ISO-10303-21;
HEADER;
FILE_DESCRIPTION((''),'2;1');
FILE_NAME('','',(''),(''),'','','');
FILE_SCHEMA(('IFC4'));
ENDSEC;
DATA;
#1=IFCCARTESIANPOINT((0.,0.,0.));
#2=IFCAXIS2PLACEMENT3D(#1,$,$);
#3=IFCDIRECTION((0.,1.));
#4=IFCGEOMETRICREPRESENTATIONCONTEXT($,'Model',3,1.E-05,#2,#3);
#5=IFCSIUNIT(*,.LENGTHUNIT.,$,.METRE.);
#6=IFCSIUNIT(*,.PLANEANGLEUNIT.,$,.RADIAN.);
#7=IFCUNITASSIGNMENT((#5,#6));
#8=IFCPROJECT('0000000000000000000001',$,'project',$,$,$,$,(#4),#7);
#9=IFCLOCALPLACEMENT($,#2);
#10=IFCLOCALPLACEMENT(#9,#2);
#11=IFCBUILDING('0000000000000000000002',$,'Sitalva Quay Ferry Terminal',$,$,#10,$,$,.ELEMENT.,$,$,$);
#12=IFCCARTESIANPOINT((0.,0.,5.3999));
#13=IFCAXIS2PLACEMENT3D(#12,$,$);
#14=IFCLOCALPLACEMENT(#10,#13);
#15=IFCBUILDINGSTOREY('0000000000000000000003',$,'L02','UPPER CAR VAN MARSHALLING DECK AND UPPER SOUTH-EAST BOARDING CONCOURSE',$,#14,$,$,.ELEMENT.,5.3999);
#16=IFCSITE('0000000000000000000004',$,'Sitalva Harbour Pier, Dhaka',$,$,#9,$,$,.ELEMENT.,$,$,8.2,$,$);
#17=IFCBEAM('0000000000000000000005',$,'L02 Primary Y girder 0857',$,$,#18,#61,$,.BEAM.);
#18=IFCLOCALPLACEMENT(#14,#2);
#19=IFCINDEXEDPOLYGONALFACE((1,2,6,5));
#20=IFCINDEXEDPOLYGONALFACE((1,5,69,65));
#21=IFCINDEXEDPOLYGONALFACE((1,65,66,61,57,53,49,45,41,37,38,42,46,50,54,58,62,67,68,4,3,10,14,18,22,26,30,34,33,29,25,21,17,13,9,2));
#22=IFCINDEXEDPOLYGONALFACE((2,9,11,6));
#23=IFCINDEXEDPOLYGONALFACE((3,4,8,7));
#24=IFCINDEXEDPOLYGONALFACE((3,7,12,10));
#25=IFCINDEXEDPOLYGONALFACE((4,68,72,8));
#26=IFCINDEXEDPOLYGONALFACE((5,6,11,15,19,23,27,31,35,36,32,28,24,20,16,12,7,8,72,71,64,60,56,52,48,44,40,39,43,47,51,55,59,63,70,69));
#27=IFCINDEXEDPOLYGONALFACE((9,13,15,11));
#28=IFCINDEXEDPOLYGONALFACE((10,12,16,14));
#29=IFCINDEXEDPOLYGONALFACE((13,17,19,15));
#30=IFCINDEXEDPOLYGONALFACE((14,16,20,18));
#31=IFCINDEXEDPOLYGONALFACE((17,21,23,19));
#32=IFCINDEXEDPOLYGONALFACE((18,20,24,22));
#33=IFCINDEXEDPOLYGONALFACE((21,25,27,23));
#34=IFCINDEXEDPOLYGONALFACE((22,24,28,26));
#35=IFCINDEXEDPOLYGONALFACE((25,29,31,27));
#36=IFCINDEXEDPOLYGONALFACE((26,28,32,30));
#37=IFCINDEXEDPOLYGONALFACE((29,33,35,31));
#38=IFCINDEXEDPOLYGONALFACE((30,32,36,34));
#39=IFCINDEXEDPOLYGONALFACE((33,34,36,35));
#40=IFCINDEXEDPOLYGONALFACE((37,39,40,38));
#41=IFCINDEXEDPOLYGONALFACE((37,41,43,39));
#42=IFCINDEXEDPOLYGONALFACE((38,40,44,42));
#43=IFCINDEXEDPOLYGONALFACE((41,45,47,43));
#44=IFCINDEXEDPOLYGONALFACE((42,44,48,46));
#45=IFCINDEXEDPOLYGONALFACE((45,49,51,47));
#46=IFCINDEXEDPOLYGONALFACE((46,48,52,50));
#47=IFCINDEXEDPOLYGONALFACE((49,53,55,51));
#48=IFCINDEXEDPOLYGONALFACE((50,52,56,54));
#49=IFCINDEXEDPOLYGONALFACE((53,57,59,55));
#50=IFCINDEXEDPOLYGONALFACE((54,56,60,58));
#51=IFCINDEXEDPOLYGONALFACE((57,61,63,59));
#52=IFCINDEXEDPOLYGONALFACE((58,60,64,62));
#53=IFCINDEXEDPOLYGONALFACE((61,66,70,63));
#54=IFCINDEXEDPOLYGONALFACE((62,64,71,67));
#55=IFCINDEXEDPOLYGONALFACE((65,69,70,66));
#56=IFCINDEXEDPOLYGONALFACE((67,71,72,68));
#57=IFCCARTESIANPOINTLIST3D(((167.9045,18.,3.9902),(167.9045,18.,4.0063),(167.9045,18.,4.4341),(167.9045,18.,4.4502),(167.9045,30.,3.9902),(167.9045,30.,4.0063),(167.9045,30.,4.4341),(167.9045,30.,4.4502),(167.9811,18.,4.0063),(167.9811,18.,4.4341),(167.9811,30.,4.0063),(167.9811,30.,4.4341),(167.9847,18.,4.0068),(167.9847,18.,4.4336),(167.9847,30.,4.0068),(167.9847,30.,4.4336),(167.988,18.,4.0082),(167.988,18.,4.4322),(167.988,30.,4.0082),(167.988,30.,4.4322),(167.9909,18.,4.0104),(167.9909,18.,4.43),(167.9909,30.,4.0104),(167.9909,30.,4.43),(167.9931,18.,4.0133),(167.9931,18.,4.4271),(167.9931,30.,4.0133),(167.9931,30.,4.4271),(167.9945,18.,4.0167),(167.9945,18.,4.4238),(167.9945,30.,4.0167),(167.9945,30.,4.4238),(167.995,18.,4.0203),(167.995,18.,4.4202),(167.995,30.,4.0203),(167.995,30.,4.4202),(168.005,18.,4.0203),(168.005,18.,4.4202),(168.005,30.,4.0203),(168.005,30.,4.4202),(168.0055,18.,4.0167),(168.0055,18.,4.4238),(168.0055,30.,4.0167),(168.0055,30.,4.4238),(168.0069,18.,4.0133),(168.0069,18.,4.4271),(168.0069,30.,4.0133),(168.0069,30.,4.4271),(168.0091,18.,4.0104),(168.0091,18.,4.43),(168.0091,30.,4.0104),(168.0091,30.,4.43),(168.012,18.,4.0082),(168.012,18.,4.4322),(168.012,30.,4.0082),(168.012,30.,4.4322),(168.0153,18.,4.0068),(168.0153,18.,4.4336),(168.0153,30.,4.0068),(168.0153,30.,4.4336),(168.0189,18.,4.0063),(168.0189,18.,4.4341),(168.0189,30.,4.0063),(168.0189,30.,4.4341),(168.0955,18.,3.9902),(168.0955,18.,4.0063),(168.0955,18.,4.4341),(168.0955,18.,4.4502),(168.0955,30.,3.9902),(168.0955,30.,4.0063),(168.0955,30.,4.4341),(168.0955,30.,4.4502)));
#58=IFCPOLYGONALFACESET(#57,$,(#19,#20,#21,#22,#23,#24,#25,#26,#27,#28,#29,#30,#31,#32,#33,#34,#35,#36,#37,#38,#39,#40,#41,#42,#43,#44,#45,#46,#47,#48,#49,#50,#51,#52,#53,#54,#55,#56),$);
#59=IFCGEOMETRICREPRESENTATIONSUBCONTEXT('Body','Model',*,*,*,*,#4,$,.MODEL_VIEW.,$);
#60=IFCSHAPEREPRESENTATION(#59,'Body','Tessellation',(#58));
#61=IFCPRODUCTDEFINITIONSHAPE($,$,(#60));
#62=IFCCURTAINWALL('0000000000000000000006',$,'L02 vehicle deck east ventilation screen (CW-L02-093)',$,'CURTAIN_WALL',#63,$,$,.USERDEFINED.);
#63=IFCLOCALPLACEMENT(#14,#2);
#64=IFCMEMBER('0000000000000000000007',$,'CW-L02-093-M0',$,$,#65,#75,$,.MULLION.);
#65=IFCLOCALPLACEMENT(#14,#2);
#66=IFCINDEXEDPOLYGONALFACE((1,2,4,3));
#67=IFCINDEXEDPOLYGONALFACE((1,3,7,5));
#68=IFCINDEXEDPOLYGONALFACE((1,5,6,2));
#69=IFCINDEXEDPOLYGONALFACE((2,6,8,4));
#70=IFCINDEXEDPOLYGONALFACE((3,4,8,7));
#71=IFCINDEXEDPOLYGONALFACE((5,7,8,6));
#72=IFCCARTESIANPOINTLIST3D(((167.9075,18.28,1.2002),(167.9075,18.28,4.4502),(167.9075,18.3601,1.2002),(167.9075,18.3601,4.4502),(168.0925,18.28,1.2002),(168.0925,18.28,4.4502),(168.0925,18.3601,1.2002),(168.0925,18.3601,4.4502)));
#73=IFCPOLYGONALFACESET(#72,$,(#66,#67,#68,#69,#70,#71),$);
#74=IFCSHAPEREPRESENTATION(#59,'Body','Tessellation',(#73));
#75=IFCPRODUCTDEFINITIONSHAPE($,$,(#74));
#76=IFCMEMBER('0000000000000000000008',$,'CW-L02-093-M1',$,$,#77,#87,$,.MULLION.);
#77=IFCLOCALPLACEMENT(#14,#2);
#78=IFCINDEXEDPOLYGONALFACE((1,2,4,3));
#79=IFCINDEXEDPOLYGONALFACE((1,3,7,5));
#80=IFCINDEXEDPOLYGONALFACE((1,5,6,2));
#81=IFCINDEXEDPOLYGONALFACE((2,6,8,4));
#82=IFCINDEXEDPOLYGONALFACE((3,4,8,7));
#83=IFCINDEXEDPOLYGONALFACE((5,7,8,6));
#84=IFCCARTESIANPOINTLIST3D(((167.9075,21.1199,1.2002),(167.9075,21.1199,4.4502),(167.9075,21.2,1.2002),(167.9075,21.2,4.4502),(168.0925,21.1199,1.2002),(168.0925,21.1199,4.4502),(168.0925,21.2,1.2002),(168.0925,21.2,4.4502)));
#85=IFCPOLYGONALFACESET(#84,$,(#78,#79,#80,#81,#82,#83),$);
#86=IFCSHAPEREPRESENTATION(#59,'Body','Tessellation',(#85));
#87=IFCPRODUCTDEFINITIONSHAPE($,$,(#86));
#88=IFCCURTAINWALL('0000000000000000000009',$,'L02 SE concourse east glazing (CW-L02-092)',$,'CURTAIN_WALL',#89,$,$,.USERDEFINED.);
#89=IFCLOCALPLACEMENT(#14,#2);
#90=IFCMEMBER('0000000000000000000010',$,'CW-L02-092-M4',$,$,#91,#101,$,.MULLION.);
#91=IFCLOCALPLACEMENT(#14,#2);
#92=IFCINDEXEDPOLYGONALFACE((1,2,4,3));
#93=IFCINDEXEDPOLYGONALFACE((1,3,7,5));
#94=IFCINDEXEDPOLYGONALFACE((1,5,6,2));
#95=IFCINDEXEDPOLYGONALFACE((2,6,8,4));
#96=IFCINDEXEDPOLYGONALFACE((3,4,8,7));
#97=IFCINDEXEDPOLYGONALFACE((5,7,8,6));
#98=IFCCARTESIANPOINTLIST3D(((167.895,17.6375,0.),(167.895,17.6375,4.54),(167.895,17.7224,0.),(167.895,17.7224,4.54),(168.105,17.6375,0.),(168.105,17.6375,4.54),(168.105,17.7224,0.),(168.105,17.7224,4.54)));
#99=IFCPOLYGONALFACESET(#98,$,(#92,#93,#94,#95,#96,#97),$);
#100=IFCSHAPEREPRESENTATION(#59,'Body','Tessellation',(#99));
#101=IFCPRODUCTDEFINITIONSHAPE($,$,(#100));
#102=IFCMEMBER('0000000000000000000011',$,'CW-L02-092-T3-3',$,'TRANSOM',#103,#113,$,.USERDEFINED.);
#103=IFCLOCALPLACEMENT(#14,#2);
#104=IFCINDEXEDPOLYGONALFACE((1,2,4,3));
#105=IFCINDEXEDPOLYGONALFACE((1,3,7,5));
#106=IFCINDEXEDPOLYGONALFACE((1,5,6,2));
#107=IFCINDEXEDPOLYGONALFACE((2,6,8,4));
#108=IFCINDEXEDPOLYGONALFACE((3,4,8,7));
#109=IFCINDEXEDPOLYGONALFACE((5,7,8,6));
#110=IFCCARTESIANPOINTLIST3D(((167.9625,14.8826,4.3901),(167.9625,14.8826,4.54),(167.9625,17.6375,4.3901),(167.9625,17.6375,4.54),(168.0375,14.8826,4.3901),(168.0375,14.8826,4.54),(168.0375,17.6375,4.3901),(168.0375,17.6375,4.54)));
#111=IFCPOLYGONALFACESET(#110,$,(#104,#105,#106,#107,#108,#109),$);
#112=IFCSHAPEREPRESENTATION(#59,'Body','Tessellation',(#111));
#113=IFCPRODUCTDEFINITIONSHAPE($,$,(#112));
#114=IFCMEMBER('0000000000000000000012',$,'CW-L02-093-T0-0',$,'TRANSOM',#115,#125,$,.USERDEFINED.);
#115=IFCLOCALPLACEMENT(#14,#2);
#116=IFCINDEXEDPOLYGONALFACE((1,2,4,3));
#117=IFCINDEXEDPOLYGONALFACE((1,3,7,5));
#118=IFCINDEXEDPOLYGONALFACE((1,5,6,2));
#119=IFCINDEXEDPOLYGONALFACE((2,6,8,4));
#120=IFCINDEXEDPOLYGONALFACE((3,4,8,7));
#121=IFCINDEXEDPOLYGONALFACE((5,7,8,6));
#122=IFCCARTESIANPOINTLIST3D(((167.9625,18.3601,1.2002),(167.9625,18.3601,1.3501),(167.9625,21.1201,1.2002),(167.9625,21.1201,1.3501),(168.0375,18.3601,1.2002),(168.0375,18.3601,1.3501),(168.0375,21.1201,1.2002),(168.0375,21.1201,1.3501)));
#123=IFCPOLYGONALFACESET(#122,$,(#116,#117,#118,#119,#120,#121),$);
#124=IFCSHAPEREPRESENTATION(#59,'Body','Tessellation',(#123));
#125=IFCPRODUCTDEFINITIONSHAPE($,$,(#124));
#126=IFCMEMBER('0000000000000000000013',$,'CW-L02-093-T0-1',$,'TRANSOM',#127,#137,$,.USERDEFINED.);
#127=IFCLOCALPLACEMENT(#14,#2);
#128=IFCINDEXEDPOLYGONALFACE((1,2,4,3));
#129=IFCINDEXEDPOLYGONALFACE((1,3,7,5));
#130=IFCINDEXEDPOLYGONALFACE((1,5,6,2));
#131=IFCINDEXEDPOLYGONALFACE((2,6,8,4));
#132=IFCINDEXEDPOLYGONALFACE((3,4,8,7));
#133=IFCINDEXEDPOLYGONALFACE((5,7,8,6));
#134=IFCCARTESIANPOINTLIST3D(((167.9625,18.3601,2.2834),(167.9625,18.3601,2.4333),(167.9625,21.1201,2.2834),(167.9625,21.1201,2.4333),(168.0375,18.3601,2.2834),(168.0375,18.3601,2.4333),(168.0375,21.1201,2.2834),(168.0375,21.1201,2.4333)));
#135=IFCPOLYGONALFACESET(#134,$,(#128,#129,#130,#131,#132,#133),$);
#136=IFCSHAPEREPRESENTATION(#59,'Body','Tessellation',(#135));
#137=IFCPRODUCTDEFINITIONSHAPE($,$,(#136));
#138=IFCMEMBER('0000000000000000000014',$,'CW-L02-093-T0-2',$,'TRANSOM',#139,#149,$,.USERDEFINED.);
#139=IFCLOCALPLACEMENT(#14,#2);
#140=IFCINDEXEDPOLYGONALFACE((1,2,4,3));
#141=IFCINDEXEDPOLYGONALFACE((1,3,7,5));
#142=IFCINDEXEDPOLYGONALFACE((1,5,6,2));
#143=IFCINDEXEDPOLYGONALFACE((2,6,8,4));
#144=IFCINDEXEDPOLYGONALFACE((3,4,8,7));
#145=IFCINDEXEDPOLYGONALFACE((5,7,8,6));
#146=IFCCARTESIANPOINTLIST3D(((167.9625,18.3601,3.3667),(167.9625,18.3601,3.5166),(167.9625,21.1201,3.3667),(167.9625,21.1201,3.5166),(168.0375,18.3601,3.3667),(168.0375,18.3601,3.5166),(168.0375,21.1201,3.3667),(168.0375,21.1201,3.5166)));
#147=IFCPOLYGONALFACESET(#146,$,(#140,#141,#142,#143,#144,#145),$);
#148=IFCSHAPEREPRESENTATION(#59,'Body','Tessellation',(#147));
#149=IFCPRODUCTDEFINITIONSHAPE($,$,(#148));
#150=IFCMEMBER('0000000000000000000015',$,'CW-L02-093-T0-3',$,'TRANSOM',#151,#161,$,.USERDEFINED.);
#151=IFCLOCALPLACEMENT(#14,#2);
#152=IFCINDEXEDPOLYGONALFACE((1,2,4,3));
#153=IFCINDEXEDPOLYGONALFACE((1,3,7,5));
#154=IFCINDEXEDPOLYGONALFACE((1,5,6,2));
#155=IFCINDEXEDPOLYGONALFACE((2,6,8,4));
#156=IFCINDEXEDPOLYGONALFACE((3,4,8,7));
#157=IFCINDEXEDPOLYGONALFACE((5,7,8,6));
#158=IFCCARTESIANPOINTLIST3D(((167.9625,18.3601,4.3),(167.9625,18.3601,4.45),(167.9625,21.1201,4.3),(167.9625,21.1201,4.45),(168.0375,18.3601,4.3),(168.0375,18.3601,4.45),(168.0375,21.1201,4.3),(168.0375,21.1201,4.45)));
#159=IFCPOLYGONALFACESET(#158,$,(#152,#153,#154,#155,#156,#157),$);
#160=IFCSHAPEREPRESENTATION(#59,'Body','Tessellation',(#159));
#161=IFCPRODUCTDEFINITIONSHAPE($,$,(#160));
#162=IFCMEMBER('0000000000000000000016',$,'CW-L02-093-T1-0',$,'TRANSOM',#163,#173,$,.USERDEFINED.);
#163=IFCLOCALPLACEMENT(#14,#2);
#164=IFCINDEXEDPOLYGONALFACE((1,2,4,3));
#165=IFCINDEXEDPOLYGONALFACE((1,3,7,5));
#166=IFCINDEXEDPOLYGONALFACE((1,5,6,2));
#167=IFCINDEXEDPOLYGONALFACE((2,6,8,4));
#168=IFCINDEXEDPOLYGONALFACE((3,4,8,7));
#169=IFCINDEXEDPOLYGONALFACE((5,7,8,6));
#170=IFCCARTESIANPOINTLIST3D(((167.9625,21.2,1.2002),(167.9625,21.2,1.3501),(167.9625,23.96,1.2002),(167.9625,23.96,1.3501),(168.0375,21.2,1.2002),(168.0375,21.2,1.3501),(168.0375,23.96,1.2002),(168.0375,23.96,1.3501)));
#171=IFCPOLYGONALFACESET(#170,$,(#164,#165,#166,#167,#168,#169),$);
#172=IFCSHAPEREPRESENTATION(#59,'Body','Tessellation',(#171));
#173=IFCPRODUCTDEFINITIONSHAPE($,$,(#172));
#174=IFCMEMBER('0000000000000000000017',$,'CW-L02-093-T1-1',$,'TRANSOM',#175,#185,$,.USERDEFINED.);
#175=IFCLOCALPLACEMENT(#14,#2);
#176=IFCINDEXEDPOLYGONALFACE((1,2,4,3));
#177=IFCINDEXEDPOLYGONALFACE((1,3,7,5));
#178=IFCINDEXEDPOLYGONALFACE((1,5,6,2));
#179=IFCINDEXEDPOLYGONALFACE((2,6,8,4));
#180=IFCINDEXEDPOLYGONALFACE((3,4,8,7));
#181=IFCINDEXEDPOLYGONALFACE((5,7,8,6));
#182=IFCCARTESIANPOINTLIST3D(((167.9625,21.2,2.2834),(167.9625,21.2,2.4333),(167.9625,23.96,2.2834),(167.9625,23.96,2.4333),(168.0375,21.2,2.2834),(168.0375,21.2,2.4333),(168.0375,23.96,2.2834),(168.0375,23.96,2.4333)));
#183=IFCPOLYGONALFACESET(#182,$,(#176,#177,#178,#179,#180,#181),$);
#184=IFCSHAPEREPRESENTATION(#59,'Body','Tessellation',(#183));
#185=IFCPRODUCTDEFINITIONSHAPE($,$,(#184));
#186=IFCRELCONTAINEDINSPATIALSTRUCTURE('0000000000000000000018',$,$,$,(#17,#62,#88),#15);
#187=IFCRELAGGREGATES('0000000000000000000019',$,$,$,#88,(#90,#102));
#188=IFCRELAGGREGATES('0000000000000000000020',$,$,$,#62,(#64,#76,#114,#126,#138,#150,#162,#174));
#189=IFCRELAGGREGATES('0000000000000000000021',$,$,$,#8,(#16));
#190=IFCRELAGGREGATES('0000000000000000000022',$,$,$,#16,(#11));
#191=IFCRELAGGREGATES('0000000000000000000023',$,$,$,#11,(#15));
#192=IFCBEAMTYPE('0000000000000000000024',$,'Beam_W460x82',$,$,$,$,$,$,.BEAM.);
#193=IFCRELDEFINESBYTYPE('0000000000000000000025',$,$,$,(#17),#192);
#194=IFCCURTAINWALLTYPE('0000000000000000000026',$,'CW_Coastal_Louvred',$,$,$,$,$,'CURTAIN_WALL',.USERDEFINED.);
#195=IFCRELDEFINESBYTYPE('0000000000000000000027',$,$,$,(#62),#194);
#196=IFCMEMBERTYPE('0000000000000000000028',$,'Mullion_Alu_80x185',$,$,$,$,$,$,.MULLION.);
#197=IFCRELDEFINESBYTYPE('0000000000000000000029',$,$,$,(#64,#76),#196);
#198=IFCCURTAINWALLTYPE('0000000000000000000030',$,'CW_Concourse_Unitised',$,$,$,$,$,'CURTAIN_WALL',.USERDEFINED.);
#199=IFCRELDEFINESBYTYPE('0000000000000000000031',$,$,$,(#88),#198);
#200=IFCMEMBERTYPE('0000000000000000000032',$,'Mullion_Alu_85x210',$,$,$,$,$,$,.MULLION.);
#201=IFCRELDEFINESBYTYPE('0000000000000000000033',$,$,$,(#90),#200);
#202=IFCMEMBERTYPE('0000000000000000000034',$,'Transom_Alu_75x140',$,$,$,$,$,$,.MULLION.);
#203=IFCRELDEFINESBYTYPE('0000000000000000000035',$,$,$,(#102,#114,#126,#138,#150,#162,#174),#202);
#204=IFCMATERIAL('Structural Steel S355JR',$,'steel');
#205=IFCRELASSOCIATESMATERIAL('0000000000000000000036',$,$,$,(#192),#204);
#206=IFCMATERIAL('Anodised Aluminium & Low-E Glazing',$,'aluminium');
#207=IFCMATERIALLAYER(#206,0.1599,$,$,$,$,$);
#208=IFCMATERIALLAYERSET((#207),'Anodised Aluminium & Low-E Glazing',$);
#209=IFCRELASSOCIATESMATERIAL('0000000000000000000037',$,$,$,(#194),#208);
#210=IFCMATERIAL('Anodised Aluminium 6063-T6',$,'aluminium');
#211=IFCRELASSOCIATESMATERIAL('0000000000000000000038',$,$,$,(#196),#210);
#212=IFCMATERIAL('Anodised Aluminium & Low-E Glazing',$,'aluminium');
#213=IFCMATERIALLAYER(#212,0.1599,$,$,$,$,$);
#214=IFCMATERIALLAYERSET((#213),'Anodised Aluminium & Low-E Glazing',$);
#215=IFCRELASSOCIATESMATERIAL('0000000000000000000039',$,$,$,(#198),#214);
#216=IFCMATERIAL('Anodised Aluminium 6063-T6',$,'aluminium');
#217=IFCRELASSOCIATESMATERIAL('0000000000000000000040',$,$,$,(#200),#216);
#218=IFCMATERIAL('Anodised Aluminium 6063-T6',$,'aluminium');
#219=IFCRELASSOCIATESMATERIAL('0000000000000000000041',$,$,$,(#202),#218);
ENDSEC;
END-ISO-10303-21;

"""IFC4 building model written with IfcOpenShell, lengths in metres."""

from ifc_helpers import new_model, si_unit, direction, frame, origin, origin_2d, place, context, subcontext, project, spatial, rectangle, i_section, extrude, material, layer, layer_set, material_profile, profile_set, type_object, element, aggregate, save


model = new_model("IFC4")

# Units and contexts
model_context = context("Model", 3, precision=1e-05, world=origin(), true_north=direction((0.0, 1.0)))
body_context = subcontext(model_context, "Body", "Model", "MODEL_VIEW")
ifc_project = project(units=[si_unit("LENGTHUNIT", "METRE"), si_unit("PLANEANGLEUNIT", "RADIAN")], contexts=[model_context])

# Site, building, storey
site_placement = place(None, origin())
site = spatial("IfcSite", under=ifc_project, at=site_placement, Name="Sitalva Harbour Pier, Dhaka", CompositionType="ELEMENT", RefElevation=8.2)
building_placement = place(site_placement, origin())
building = spatial("IfcBuilding", under=site, at=building_placement, Name="Sitalva Quay Ferry Terminal", CompositionType="ELEMENT")
storey_placement = place(building_placement, frame((0.0, 0.0, 5.3999)))
storey = spatial("IfcBuildingStorey", under=building, at=storey_placement, Name="L02", Description="UPPER CAR VAN MARSHALLING DECK AND UPPER SOUTH-EAST BOARDING CONCOURSE", CompositionType="ELEMENT", Elevation=5.3999)

# Beam
ifc_material_1 = material(Name="Structural Steel S355JR", Category="steel")
ifc_material_profile_1 = material_profile(ifc_material_1, i_section(OverallWidth=0.1909, OverallDepth=0.46, WebThickness=0.01, FlangeThickness=0.0161, FilletRadius=0.0139, at=origin_2d()), Name="W460x82")
ifc_profile_set_1 = profile_set([ifc_material_profile_1], Name="Structural Steel S355JR")
beam_type_1 = type_object("IfcBeamType", Name="Beam_W460x82", PredefinedType="BEAM", material=ifc_profile_set_1)
for number, where, z_axis, x_axis, name in (
    (1, (168.0, 18.0, 4.2202), (0.0, 1.0, 0.0), (-1.0, 0.0, 0.0), "L02 Primary Y girder 0857"),
):
    element("IfcBeam", number, at=place(storey_placement, frame(where, z_axis=z_axis, x_axis=x_axis)), inside=storey, type_object=beam_type_1, Name=name, PredefinedType="BEAM", context=body_context, shape_type="SweptSolid", body=[
        extrude(i_section(OverallWidth=0.1909, OverallDepth=0.46, WebThickness=0.01, FlangeThickness=0.0161, FilletRadius=0.0139, at=origin_2d()), origin(), (0.0, 0.0, 1.0), 12.0),
    ])

# Curtain walls, members
ifc_material_2 = material(Name="Anodised Aluminium & Low-E Glazing", Category="aluminium")
ifc_layer_1 = layer(ifc_material_2, 0.1599)
ifc_layer_set_1 = layer_set([ifc_layer_1], Name="Anodised Aluminium & Low-E Glazing")
curtain_wall_type_1 = type_object("IfcCurtainWallType", Name="CW_Coastal_Louvred", ElementType="CURTAIN_WALL", PredefinedType="USERDEFINED", material=ifc_layer_set_1)
curtain_wall_1_placement = place(storey_placement, origin())
curtain_wall_1 = element("IfcCurtainWall", 2, at=curtain_wall_1_placement, inside=storey, type_object=curtain_wall_type_1, Name="L02 vehicle deck east ventilation screen (CW-L02-093)", ObjectType="CURTAIN_WALL", PredefinedType="USERDEFINED")
ifc_material_3 = material(Name="Anodised Aluminium 6063-T6", Category="aluminium")
ifc_material_profile_2 = material_profile(ifc_material_3, rectangle(XDim=0.0801, YDim=0.1851, at=origin_2d()), Name="ALU80x185")
ifc_profile_set_2 = profile_set([ifc_material_profile_2], Name="Anodised Aluminium 6063-T6")
member_type_1 = type_object("IfcMemberType", Name="Mullion_Alu_80x185", PredefinedType="MULLION", material=ifc_profile_set_2)
member_1_placement = place(storey_placement, frame((168.0, 18.3201, 1.2002), z_axis=(0.0, 0.0, 1.0), x_axis=(0.0, 1.0, 0.0)))
member_1 = element("IfcMember", 3, at=member_1_placement, type_object=member_type_1, Name="CW-L02-093-M0", PredefinedType="MULLION", context=body_context, shape_type="SweptSolid", body=[
    extrude(rectangle(XDim=0.0801, YDim=0.1851, at=origin_2d()), origin(), (0.0, 0.0, 1.0), 3.25),
])
member_2_placement = place(storey_placement, frame((168.0, 21.1599, 1.2002), z_axis=(0.0, 0.0, 1.0), x_axis=(0.0, 1.0, 0.0)))
member_2 = element("IfcMember", 4, at=member_2_placement, type_object=member_type_1, Name="CW-L02-093-M1", PredefinedType="MULLION", context=body_context, shape_type="SweptSolid", body=[
    extrude(rectangle(XDim=0.0801, YDim=0.1851, at=origin_2d()), origin(), (0.0, 0.0, 1.0), 3.25),
])
ifc_material_4 = material(Name="Anodised Aluminium & Low-E Glazing", Category="aluminium")
ifc_layer_2 = layer(ifc_material_4, 0.1599)
ifc_layer_set_2 = layer_set([ifc_layer_2], Name="Anodised Aluminium & Low-E Glazing")
curtain_wall_type_2 = type_object("IfcCurtainWallType", Name="CW_Concourse_Unitised", ElementType="CURTAIN_WALL", PredefinedType="USERDEFINED", material=ifc_layer_set_2)
curtain_wall_2_placement = place(storey_placement, origin())
curtain_wall_2 = element("IfcCurtainWall", 5, at=curtain_wall_2_placement, inside=storey, type_object=curtain_wall_type_2, Name="L02 SE concourse east glazing (CW-L02-092)", ObjectType="CURTAIN_WALL", PredefinedType="USERDEFINED")
ifc_material_5 = material(Name="Anodised Aluminium 6063-T6", Category="aluminium")
ifc_material_profile_3 = material_profile(ifc_material_5, rectangle(XDim=0.085, YDim=0.21, at=origin_2d()), Name="ALU85x210")
ifc_profile_set_3 = profile_set([ifc_material_profile_3], Name="Anodised Aluminium 6063-T6")
member_type_2 = type_object("IfcMemberType", Name="Mullion_Alu_85x210", PredefinedType="MULLION", material=ifc_profile_set_3)
member_3_placement = place(storey_placement, frame((168.0, 17.6799, 0.0), z_axis=(0.0, 0.0, 1.0), x_axis=(0.0, 1.0, 0.0)))
member_3 = element("IfcMember", 6, at=member_3_placement, type_object=member_type_2, Name="CW-L02-092-M4", PredefinedType="MULLION", context=body_context, shape_type="SweptSolid", body=[
    extrude(rectangle(XDim=0.085, YDim=0.21, at=origin_2d()), origin(), (0.0, 0.0, 1.0), 4.54),
])
ifc_material_6 = material(Name="Anodised Aluminium 6063-T6", Category="aluminium")
ifc_material_profile_4 = material_profile(ifc_material_6, rectangle(XDim=0.075, YDim=0.1499, at=origin_2d()), Name="ALU75x150")
ifc_profile_set_4 = profile_set([ifc_material_profile_4], Name="Anodised Aluminium 6063-T6")
member_type_3 = type_object("IfcMemberType", Name="Transom_Alu_75x140", PredefinedType="MULLION", material=ifc_profile_set_4)
member_4_placement = place(storey_placement, frame((168.0, 14.8826, 4.4651), z_axis=(0.0, 1.0, 0.0), x_axis=(-1.0, 0.0, 0.0)))
member_4 = element("IfcMember", 7, at=member_4_placement, type_object=member_type_3, Name="CW-L02-092-T3-3", ObjectType="TRANSOM", PredefinedType="USERDEFINED", context=body_context, shape_type="SweptSolid", body=[
    extrude(rectangle(XDim=0.075, YDim=0.1499, at=origin_2d()), origin(), (0.0, 0.0, 1.0), 2.7549),
])

# Members
member_5_placement = place(storey_placement, frame((168.0, 18.3601, 1.2751), z_axis=(0.0, 1.0, 0.0), x_axis=(-1.0, 0.0, 0.0)))
member_5 = element("IfcMember", 8, at=member_5_placement, type_object=member_type_3, Name="CW-L02-093-T0-0", ObjectType="TRANSOM", PredefinedType="USERDEFINED", context=body_context, shape_type="SweptSolid", body=[
    extrude(rectangle(XDim=0.075, YDim=0.1499, at=origin_2d()), origin(), (0.0, 0.0, 1.0), 2.76),
])
member_6_placement = place(storey_placement, frame((168.0, 18.3601, 2.3584), z_axis=(0.0, 1.0, 0.0), x_axis=(-1.0, 0.0, 0.0)))
member_6 = element("IfcMember", 9, at=member_6_placement, type_object=member_type_3, Name="CW-L02-093-T0-1", ObjectType="TRANSOM", PredefinedType="USERDEFINED", context=body_context, shape_type="SweptSolid", body=[
    extrude(rectangle(XDim=0.075, YDim=0.1499, at=origin_2d()), origin(), (0.0, 0.0, 1.0), 2.76),
])
member_7_placement = place(storey_placement, frame((168.0, 18.3601, 3.4417), z_axis=(0.0, 1.0, 0.0), x_axis=(-1.0, 0.0, 0.0)))
member_7 = element("IfcMember", 10, at=member_7_placement, type_object=member_type_3, Name="CW-L02-093-T0-2", ObjectType="TRANSOM", PredefinedType="USERDEFINED", context=body_context, shape_type="SweptSolid", body=[
    extrude(rectangle(XDim=0.075, YDim=0.1499, at=origin_2d()), origin(), (0.0, 0.0, 1.0), 2.76),
])
member_8_placement = place(storey_placement, frame((168.0, 18.3601, 4.375), z_axis=(0.0, 1.0, 0.0), x_axis=(-1.0, 0.0, 0.0)))
member_8 = element("IfcMember", 11, at=member_8_placement, type_object=member_type_3, Name="CW-L02-093-T0-3", ObjectType="TRANSOM", PredefinedType="USERDEFINED", context=body_context, shape_type="SweptSolid", body=[
    extrude(rectangle(XDim=0.075, YDim=0.1499, at=origin_2d()), origin(), (0.0, 0.0, 1.0), 2.76),
])
member_9_placement = place(storey_placement, frame((168.0, 21.2, 1.2751), z_axis=(0.0, 1.0, 0.0), x_axis=(-1.0, 0.0, 0.0)))
member_9 = element("IfcMember", 12, at=member_9_placement, type_object=member_type_3, Name="CW-L02-093-T1-0", ObjectType="TRANSOM", PredefinedType="USERDEFINED", context=body_context, shape_type="SweptSolid", body=[
    extrude(rectangle(XDim=0.075, YDim=0.1499, at=origin_2d()), origin(), (0.0, 0.0, 1.0), 2.76),
])
member_10_placement = place(storey_placement, frame((168.0, 21.2, 2.3584), z_axis=(0.0, 1.0, 0.0), x_axis=(-1.0, 0.0, 0.0)))
member_10 = element("IfcMember", 13, at=member_10_placement, type_object=member_type_3, Name="CW-L02-093-T1-1", ObjectType="TRANSOM", PredefinedType="USERDEFINED", context=body_context, shape_type="SweptSolid", body=[
    extrude(rectangle(XDim=0.075, YDim=0.1499, at=origin_2d()), origin(), (0.0, 0.0, 1.0), 2.76),
])

aggregate(curtain_wall_2, [member_3, member_4])
aggregate(curtain_wall_1, [member_1, member_2, member_5, member_6, member_7, member_8, member_9, member_10])

save(model, "model.ifc")
